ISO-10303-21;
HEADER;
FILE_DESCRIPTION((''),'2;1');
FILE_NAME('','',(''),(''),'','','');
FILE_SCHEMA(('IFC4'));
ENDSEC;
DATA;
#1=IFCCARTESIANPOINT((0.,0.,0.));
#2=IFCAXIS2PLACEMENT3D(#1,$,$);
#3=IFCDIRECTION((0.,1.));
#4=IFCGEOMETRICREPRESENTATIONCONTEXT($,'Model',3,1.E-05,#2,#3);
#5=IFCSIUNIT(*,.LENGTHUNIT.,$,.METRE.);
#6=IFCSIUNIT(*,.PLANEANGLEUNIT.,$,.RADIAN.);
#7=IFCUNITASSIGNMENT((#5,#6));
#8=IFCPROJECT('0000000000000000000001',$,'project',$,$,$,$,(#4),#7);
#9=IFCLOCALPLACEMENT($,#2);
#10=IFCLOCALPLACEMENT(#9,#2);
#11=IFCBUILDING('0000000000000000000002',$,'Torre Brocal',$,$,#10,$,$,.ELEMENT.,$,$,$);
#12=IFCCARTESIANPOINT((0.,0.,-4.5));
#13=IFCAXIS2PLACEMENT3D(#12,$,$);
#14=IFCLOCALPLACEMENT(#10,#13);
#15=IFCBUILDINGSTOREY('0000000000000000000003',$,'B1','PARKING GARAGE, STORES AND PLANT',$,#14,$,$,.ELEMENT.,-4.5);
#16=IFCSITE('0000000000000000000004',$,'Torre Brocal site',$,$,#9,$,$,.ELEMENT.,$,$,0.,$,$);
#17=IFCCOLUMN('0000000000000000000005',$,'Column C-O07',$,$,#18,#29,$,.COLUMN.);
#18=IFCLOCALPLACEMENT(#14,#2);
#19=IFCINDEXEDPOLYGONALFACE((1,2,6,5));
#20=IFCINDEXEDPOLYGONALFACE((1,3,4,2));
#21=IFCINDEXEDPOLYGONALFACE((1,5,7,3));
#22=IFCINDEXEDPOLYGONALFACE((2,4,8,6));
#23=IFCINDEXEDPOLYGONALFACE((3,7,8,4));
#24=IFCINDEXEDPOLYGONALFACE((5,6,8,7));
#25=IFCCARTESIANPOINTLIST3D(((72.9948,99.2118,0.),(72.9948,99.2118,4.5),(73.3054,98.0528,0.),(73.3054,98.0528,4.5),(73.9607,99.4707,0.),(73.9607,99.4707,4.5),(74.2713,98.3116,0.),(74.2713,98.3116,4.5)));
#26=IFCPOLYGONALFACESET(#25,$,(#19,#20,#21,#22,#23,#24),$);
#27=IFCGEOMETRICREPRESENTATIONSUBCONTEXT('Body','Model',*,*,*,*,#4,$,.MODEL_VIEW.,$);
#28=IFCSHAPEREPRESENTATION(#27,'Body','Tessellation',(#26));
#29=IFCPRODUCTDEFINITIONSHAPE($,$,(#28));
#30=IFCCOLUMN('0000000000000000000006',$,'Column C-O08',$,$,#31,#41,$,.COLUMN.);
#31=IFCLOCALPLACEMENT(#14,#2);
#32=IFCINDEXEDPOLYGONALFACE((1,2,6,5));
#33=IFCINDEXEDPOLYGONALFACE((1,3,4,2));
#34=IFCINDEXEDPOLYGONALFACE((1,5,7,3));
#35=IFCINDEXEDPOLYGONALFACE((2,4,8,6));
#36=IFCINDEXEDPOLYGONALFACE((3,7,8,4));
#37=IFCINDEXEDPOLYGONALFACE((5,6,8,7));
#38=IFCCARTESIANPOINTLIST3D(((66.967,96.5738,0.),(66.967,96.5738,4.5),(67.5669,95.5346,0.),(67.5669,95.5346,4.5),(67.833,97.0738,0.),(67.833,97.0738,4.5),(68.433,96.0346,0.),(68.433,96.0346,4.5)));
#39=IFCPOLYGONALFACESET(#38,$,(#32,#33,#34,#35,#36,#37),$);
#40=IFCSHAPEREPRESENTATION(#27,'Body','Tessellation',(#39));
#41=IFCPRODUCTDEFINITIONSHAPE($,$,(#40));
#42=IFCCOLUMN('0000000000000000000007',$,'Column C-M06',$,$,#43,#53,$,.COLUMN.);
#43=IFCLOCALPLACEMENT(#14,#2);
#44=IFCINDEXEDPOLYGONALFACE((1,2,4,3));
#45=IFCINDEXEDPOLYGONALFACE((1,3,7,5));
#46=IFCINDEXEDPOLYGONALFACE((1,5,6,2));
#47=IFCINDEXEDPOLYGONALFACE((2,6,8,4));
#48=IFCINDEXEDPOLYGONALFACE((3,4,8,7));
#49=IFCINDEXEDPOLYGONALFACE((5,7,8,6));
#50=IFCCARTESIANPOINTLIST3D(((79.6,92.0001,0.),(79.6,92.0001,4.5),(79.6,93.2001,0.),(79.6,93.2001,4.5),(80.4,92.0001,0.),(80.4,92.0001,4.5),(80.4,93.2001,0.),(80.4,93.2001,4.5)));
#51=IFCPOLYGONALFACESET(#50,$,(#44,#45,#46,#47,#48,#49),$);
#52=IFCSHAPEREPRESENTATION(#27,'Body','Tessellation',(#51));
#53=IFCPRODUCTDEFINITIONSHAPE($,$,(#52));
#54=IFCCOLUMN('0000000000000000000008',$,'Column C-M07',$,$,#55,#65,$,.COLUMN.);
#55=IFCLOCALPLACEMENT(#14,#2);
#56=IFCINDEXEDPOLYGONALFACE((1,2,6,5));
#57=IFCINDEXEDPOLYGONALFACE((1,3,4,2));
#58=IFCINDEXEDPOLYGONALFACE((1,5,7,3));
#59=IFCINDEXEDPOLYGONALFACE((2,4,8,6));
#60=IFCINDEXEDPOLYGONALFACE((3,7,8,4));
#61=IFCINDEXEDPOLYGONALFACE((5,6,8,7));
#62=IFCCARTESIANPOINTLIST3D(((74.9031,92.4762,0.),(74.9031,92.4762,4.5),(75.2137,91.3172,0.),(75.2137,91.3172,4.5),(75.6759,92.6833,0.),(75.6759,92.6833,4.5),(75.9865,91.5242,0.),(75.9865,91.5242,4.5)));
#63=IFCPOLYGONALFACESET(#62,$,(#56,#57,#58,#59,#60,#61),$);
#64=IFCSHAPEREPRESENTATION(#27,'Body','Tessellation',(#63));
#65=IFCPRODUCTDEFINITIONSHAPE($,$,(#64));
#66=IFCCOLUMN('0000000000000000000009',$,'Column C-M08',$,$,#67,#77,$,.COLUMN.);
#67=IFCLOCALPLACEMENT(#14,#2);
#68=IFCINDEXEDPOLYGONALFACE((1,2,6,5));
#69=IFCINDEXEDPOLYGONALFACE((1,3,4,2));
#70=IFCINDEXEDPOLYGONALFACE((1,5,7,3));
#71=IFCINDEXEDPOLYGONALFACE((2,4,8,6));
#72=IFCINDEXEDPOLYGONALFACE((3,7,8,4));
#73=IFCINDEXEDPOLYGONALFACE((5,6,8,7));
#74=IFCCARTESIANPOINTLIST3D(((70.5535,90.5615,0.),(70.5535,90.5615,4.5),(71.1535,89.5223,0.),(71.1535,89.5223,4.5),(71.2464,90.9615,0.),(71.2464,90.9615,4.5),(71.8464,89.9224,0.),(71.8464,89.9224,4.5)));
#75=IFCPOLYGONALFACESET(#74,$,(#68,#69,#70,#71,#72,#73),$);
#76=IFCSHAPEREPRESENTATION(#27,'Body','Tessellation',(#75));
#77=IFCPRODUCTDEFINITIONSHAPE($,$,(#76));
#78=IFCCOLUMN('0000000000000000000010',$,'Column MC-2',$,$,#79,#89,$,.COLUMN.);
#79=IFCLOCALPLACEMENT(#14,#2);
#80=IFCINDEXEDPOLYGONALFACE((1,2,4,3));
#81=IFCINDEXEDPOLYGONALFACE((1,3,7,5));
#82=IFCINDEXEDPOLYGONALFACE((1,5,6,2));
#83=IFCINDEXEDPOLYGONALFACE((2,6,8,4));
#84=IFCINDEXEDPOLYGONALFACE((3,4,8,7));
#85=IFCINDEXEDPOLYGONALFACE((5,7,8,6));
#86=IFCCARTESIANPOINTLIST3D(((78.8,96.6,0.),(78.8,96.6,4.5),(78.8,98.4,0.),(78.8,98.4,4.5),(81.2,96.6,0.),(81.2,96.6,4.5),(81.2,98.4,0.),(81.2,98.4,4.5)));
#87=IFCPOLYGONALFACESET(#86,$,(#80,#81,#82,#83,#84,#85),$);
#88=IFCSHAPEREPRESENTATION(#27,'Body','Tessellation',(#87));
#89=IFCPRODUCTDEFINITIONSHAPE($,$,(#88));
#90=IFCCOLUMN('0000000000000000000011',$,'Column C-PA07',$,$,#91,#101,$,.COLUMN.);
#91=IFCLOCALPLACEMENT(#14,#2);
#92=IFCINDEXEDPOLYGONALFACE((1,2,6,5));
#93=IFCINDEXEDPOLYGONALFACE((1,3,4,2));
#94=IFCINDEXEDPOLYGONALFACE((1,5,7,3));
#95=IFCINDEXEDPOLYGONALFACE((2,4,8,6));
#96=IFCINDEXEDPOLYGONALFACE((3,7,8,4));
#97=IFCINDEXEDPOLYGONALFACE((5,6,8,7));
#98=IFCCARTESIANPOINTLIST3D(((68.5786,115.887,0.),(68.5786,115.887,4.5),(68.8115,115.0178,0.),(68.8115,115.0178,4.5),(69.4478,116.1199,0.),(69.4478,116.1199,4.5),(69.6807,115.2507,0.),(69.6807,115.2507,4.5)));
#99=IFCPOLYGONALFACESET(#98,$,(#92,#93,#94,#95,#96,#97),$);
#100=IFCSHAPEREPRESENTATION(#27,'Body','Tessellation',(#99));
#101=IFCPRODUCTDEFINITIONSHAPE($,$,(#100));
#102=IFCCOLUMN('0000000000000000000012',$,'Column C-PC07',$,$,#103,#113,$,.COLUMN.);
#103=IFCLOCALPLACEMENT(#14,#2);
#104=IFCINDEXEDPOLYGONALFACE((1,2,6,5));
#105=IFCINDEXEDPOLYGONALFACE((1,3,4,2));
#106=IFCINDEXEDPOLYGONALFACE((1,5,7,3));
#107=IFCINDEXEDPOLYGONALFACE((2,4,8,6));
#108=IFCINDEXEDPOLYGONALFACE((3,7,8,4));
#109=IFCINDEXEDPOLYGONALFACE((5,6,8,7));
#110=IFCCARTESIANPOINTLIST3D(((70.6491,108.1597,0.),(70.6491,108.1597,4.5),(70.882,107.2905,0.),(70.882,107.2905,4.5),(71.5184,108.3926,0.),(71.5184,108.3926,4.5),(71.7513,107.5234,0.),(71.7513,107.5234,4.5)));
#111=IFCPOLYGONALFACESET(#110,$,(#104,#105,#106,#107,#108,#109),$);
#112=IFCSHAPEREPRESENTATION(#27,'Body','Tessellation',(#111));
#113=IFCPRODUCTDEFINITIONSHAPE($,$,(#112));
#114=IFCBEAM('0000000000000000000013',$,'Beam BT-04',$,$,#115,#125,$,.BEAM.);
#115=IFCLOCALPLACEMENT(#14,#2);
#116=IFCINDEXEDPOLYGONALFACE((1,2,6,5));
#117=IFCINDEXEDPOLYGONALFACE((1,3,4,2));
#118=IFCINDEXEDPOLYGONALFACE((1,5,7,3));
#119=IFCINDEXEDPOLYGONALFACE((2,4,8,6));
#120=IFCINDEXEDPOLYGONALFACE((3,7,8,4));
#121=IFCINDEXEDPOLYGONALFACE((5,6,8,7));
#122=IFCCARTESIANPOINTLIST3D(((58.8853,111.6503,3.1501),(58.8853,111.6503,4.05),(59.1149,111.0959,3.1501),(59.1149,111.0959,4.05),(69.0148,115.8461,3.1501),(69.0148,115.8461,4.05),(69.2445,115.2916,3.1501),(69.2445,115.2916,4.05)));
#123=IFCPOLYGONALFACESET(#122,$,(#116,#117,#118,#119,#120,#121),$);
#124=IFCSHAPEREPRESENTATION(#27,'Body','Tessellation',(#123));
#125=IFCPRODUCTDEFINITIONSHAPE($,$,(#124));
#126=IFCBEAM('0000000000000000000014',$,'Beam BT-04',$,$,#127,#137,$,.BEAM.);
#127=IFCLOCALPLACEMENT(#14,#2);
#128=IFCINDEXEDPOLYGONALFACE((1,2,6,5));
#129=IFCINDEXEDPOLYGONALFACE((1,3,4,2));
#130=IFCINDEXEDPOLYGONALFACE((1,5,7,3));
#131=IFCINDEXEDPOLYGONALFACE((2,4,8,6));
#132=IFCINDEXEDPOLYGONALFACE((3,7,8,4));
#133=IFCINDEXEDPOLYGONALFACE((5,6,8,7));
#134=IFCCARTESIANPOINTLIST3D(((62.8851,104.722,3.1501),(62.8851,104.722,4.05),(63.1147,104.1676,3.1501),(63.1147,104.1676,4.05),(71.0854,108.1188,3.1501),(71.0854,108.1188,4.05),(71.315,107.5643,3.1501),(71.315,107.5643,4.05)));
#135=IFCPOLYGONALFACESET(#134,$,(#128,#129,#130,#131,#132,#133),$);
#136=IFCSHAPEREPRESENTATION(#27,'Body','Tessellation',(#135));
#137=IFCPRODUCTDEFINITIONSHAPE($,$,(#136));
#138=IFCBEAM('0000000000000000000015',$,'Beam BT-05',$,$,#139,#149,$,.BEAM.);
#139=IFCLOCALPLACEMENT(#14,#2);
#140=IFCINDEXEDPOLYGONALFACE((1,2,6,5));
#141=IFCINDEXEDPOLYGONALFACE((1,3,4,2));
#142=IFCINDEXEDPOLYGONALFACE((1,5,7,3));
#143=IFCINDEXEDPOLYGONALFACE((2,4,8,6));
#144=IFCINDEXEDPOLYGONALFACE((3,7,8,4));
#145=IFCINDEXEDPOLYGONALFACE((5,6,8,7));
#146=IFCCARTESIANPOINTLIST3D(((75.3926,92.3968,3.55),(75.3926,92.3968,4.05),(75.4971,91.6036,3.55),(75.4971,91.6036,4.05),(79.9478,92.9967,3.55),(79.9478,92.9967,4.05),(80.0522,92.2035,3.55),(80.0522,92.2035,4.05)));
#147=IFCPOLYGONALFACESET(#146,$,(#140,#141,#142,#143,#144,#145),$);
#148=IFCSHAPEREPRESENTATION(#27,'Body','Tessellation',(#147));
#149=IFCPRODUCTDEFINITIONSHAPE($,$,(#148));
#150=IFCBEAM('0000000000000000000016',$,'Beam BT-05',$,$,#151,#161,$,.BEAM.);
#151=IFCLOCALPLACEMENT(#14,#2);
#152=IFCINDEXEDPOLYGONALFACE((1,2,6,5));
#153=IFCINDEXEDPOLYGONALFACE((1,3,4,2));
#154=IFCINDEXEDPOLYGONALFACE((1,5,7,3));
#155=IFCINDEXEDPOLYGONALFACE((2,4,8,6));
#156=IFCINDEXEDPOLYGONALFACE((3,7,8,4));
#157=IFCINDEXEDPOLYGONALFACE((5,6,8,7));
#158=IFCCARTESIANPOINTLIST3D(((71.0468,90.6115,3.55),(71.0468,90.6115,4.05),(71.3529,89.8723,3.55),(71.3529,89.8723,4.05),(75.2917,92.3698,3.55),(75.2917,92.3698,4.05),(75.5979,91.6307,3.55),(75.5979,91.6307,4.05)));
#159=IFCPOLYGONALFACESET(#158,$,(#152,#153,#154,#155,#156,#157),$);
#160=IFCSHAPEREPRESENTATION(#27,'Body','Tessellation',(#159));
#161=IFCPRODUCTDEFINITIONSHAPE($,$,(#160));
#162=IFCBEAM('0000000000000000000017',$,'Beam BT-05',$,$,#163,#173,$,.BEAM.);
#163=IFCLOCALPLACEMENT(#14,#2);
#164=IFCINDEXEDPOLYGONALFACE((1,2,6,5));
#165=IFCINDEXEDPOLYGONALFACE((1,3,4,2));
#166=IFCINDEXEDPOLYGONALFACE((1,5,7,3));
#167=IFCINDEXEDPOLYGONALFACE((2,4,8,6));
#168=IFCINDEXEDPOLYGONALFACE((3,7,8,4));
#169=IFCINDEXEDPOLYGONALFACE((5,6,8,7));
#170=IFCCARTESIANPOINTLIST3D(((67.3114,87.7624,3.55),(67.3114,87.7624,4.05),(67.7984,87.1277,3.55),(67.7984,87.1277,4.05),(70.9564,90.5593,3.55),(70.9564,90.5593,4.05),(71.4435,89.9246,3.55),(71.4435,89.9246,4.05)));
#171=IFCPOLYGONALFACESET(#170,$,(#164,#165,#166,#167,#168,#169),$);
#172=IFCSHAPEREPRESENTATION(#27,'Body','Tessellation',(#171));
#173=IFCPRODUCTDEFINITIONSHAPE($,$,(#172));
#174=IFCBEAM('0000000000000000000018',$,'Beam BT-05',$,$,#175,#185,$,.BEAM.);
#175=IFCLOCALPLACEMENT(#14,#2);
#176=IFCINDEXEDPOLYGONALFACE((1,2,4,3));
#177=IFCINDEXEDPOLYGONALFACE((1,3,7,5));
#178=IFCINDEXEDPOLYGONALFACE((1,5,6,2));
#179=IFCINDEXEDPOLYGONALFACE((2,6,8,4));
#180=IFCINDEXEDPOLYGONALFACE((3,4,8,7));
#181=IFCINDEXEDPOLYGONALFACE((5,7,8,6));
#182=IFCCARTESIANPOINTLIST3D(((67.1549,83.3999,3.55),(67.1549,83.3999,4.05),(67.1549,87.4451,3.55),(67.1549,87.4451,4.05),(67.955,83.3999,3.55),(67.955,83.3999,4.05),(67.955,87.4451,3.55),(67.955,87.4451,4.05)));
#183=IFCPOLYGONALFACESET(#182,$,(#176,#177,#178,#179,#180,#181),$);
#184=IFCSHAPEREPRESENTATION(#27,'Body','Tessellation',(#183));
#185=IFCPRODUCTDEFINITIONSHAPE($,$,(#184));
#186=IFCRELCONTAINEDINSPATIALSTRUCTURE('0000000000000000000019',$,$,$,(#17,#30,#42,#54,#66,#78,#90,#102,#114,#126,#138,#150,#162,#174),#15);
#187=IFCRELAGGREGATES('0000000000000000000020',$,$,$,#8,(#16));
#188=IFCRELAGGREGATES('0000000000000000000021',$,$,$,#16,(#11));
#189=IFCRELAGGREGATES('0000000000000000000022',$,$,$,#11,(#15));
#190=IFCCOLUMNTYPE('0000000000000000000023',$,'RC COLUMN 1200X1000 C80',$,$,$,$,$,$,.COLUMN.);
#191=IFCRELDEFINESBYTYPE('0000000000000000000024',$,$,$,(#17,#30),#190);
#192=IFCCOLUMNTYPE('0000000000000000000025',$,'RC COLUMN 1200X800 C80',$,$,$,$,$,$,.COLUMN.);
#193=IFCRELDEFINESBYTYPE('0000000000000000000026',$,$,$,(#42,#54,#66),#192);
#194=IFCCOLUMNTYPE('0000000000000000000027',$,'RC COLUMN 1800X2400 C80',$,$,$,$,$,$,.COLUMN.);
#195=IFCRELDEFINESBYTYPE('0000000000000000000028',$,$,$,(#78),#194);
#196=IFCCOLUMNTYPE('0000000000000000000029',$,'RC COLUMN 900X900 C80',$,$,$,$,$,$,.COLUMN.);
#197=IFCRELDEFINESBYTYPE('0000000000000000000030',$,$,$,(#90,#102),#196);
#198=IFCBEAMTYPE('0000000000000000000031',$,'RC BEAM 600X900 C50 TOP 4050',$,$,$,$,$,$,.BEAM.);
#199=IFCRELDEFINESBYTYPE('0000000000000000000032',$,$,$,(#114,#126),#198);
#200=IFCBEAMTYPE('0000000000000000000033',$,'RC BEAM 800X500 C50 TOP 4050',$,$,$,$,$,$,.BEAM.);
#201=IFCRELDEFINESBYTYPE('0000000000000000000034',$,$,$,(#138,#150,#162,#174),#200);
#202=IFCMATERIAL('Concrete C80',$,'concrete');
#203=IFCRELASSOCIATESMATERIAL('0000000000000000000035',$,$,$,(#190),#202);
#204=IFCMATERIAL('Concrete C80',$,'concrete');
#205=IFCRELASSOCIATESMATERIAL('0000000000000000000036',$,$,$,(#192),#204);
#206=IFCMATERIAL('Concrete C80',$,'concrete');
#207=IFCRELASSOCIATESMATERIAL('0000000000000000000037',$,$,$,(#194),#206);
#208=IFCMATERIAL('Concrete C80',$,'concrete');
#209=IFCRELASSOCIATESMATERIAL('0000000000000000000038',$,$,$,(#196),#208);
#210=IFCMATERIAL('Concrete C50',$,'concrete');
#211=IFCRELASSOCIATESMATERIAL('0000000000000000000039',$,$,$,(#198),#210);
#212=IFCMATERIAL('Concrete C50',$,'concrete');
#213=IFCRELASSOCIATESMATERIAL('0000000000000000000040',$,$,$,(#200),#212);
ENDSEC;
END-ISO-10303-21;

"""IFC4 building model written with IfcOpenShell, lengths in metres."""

from ifc_helpers import new_model, si_unit, direction, frame, origin, origin_2d, place, context, subcontext, project, spatial, rectangle, extrude, material, material_profile, profile_set, type_object, element, save


model = new_model("IFC4")

# Units and contexts
model_context = context("Model", 3, precision=1e-05, world=origin(), true_north=direction((0.0, 1.0)))
body_context = subcontext(model_context, "Body", "Model", "MODEL_VIEW")
ifc_project = project(units=[si_unit("LENGTHUNIT", "METRE"), si_unit("PLANEANGLEUNIT", "RADIAN")], contexts=[model_context])

# Site, building, storey
site_placement = place(None, origin())
site = spatial("IfcSite", under=ifc_project, at=site_placement, Name="Torre Brocal site", CompositionType="ELEMENT", RefElevation=0.0)
building_placement = place(site_placement, origin())
building = spatial("IfcBuilding", under=site, at=building_placement, Name="Torre Brocal", CompositionType="ELEMENT")
storey_placement = place(building_placement, frame((0.0, 0.0, -4.5)))
storey = spatial("IfcBuildingStorey", under=building, at=storey_placement, Name="B1", Description="PARKING GARAGE, STORES AND PLANT", CompositionType="ELEMENT", Elevation=-4.5)

# Columns
ifc_material_1 = material(Name="Concrete C80", Category="concrete")
ifc_material_profile_1 = material_profile(ifc_material_1, rectangle(XDim=1.2, YDim=1.0, at=origin_2d()), Name="RC 1200X1000")
ifc_profile_set_1 = profile_set([ifc_material_profile_1], Name="Concrete C80")
column_type_1 = type_object("IfcColumnType", Name="RC COLUMN 1200X1000 C80", PredefinedType="COLUMN", material=ifc_profile_set_1)
for number, where, z_axis, x_axis, name in (
    (1, (73.6331, 98.7617, 0.0), (0.0, 0.0, 1.0), (-0.258819, 0.965926, 0.0), "Column C-O07"),
    (2, (67.7, 96.3042, 0.0), (0.0, 0.0, 1.0), (-0.5, 0.866025, 0.0), "Column C-O08"),
):
    element("IfcColumn", number, at=place(storey_placement, frame(where, z_axis=z_axis, x_axis=x_axis)), inside=storey, type_object=column_type_1, Name=name, PredefinedType="COLUMN", context=body_context, shape_type="SweptSolid", body=[
        extrude(rectangle(XDim=1.2, YDim=1.0, at=origin_2d()), origin(), (0.0, 0.0, 1.0), 4.5),
    ])
ifc_material_2 = material(Name="Concrete C80", Category="concrete")
ifc_material_profile_2 = material_profile(ifc_material_2, rectangle(XDim=1.2, YDim=0.8, at=origin_2d()), Name="RC 1200X800")
ifc_profile_set_2 = profile_set([ifc_material_profile_2], Name="Concrete C80")
column_type_2 = type_object("IfcColumnType", Name="RC COLUMN 1200X800 C80", PredefinedType="COLUMN", material=ifc_profile_set_2)
for number, where, z_axis, x_axis, name in (
    (3, (80.0, 92.6001, 0.0), (0.0, 0.0, 1.0), (0.0, 1.0, 0.0), "Column C-M06"),
    (4, (75.4448, 92.0002, 0.0), (0.0, 0.0, 1.0), (-0.258819, 0.965926, 0.0), "Column C-M07"),
    (5, (71.2, 90.2419, 0.0), (0.0, 0.0, 1.0), (-0.5, 0.866025, 0.0), "Column C-M08"),
):
    element("IfcColumn", number, at=place(storey_placement, frame(where, z_axis=z_axis, x_axis=x_axis)), inside=storey, type_object=column_type_2, Name=name, PredefinedType="COLUMN", context=body_context, shape_type="SweptSolid", body=[
        extrude(rectangle(XDim=1.2, YDim=0.8, at=origin_2d()), origin(), (0.0, 0.0, 1.0), 4.5),
    ])
ifc_material_3 = material(Name="Concrete C80", Category="concrete")
ifc_material_profile_3 = material_profile(ifc_material_3, rectangle(XDim=1.8, YDim=2.3999, at=origin_2d()), Name="RC 1800X2400")
ifc_profile_set_3 = profile_set([ifc_material_profile_3], Name="Concrete C80")
column_type_3 = type_object("IfcColumnType", Name="RC COLUMN 1800X2400 C80", PredefinedType="COLUMN", material=ifc_profile_set_3)
column_placement = place(storey_placement, frame((80.0, 97.5, 0.0), z_axis=(0.0, 0.0, 1.0), x_axis=(0.0, 1.0, 0.0)))
element("IfcColumn", 6, at=column_placement, inside=storey, type_object=column_type_3, Name="Column MC-2", PredefinedType="COLUMN", context=body_context, shape_type="SweptSolid", body=[
    extrude(rectangle(XDim=1.8, YDim=2.3999, at=origin_2d()), origin(), (0.0, 0.0, 1.0), 4.5),
])
ifc_material_4 = material(Name="Concrete C80", Category="concrete")
ifc_material_profile_4 = material_profile(ifc_material_4, rectangle(XDim=0.8999, YDim=0.8999, at=origin_2d()), Name="RC 900X900")
ifc_profile_set_4 = profile_set([ifc_material_profile_4], Name="Concrete C80")
column_type_4 = type_object("IfcColumnType", Name="RC COLUMN 900X900 C80", PredefinedType="COLUMN", material=ifc_profile_set_4)
for number, where, z_axis, x_axis, name in (
    (7, (69.1296, 115.5688, 0.0), (0.0, 0.0, 1.0), (-0.258819, 0.965926, 0.0), "Column C-PA07"),
    (8, (71.2002, 107.8416, 0.0), (0.0, 0.0, 1.0), (-0.258819, 0.965926, 0.0), "Column C-PC07"),
):
    element("IfcColumn", number, at=place(storey_placement, frame(where, z_axis=z_axis, x_axis=x_axis)), inside=storey, type_object=column_type_4, Name=name, PredefinedType="COLUMN", context=body_context, shape_type="SweptSolid", body=[
        extrude(rectangle(XDim=0.8999, YDim=0.8999, at=origin_2d()), origin(), (0.0, 0.0, 1.0), 4.5),
    ])

# Beams
ifc_material_5 = material(Name="Concrete C50", Category="concrete")
ifc_material_profile_5 = material_profile(ifc_material_5, rectangle(XDim=0.6001, YDim=0.8999, at=origin_2d()), Name="RC 600X900")
ifc_profile_set_5 = profile_set([ifc_material_profile_5], Name="Concrete C50")
beam_type_1 = type_object("IfcBeamType", Name="RC BEAM 600X900 C50 TOP 4050", PredefinedType="BEAM", material=ifc_profile_set_5)
beam_1_placement = place(storey_placement, frame((69.1296, 115.5688, 3.6001), z_axis=(-0.923881, -0.382681, 0.0), x_axis=(0.382681, -0.923881, 0.0)))
element("IfcBeam", 9, at=beam_1_placement, inside=storey, type_object=beam_type_1, Name="Beam BT-04", PredefinedType="BEAM", context=body_context, shape_type="SweptSolid", body=[
    extrude(rectangle(XDim=0.6001, YDim=0.8999, at=origin_2d()), origin(), (0.0, 0.0, 1.0), 10.9641),
])
beam_2_placement = place(storey_placement, frame((71.2002, 107.8416, 3.6001), z_axis=(-0.923876, -0.382693, 0.0), x_axis=(0.382693, -0.923876, 0.0)))
element("IfcBeam", 10, at=beam_2_placement, inside=storey, type_object=beam_type_1, Name="Beam BT-04", PredefinedType="BEAM", context=body_context, shape_type="SweptSolid", body=[
    extrude(rectangle(XDim=0.6001, YDim=0.8999, at=origin_2d()), origin(), (0.0, 0.0, 1.0), 8.876),
])
ifc_material_6 = material(Name="Concrete C50", Category="concrete")
ifc_material_profile_6 = material_profile(ifc_material_6, rectangle(XDim=0.8, YDim=0.5, at=origin_2d()), Name="RC 800X500")
ifc_profile_set_6 = profile_set([ifc_material_profile_6], Name="Concrete C50")
beam_type_2 = type_object("IfcBeamType", Name="RC BEAM 800X500 C50 TOP 4050", PredefinedType="BEAM", material=ifc_profile_set_6)
beam_3_placement = place(storey_placement, frame((80.0, 92.6001, 3.8), z_axis=(-0.991441, -0.130559, 0.0), x_axis=(0.130559, -0.991441, 0.0)))
element("IfcBeam", 11, at=beam_3_placement, inside=storey, type_object=beam_type_2, Name="Beam BT-05", PredefinedType="BEAM", context=body_context, shape_type="SweptSolid", body=[
    extrude(rectangle(XDim=0.8, YDim=0.5, at=origin_2d()), origin(), (0.0, 0.0, 1.0), 4.5945),
])
beam_4_placement = place(storey_placement, frame((75.4448, 92.0002, 3.8), z_axis=(-0.923878, -0.382687, 0.0), x_axis=(0.382687, -0.923878, 0.0)))
element("IfcBeam", 12, at=beam_4_placement, inside=storey, type_object=beam_type_2, Name="Beam BT-05", PredefinedType="BEAM", context=body_context, shape_type="SweptSolid", body=[
    extrude(rectangle(XDim=0.8, YDim=0.5, at=origin_2d()), origin(), (0.0, 0.0, 1.0), 4.5947),
])
beam_5_placement = place(storey_placement, frame((71.2, 90.2419, 3.8), z_axis=(-0.793358, -0.608755, 0.0), x_axis=(0.608755, -0.793358, 0.0)))
element("IfcBeam", 13, at=beam_5_placement, inside=storey, type_object=beam_type_2, Name="Beam BT-05", PredefinedType="BEAM", context=body_context, shape_type="SweptSolid", body=[
    extrude(rectangle(XDim=0.8, YDim=0.5, at=origin_2d()), origin(), (0.0, 0.0, 1.0), 4.5945),
])
beam_6_placement = place(storey_placement, frame((67.5549, 87.4451, 3.8), z_axis=(0.0, -1.0, 0.0), x_axis=(1.0, 0.0, 0.0)))
element("IfcBeam", 14, at=beam_6_placement, inside=storey, type_object=beam_type_2, Name="Beam BT-05", PredefinedType="BEAM", context=body_context, shape_type="SweptSolid", body=[
    extrude(rectangle(XDim=0.8, YDim=0.5, at=origin_2d()), origin(), (0.0, 0.0, 1.0), 4.0452),
])

save(model, "model.ifc")
